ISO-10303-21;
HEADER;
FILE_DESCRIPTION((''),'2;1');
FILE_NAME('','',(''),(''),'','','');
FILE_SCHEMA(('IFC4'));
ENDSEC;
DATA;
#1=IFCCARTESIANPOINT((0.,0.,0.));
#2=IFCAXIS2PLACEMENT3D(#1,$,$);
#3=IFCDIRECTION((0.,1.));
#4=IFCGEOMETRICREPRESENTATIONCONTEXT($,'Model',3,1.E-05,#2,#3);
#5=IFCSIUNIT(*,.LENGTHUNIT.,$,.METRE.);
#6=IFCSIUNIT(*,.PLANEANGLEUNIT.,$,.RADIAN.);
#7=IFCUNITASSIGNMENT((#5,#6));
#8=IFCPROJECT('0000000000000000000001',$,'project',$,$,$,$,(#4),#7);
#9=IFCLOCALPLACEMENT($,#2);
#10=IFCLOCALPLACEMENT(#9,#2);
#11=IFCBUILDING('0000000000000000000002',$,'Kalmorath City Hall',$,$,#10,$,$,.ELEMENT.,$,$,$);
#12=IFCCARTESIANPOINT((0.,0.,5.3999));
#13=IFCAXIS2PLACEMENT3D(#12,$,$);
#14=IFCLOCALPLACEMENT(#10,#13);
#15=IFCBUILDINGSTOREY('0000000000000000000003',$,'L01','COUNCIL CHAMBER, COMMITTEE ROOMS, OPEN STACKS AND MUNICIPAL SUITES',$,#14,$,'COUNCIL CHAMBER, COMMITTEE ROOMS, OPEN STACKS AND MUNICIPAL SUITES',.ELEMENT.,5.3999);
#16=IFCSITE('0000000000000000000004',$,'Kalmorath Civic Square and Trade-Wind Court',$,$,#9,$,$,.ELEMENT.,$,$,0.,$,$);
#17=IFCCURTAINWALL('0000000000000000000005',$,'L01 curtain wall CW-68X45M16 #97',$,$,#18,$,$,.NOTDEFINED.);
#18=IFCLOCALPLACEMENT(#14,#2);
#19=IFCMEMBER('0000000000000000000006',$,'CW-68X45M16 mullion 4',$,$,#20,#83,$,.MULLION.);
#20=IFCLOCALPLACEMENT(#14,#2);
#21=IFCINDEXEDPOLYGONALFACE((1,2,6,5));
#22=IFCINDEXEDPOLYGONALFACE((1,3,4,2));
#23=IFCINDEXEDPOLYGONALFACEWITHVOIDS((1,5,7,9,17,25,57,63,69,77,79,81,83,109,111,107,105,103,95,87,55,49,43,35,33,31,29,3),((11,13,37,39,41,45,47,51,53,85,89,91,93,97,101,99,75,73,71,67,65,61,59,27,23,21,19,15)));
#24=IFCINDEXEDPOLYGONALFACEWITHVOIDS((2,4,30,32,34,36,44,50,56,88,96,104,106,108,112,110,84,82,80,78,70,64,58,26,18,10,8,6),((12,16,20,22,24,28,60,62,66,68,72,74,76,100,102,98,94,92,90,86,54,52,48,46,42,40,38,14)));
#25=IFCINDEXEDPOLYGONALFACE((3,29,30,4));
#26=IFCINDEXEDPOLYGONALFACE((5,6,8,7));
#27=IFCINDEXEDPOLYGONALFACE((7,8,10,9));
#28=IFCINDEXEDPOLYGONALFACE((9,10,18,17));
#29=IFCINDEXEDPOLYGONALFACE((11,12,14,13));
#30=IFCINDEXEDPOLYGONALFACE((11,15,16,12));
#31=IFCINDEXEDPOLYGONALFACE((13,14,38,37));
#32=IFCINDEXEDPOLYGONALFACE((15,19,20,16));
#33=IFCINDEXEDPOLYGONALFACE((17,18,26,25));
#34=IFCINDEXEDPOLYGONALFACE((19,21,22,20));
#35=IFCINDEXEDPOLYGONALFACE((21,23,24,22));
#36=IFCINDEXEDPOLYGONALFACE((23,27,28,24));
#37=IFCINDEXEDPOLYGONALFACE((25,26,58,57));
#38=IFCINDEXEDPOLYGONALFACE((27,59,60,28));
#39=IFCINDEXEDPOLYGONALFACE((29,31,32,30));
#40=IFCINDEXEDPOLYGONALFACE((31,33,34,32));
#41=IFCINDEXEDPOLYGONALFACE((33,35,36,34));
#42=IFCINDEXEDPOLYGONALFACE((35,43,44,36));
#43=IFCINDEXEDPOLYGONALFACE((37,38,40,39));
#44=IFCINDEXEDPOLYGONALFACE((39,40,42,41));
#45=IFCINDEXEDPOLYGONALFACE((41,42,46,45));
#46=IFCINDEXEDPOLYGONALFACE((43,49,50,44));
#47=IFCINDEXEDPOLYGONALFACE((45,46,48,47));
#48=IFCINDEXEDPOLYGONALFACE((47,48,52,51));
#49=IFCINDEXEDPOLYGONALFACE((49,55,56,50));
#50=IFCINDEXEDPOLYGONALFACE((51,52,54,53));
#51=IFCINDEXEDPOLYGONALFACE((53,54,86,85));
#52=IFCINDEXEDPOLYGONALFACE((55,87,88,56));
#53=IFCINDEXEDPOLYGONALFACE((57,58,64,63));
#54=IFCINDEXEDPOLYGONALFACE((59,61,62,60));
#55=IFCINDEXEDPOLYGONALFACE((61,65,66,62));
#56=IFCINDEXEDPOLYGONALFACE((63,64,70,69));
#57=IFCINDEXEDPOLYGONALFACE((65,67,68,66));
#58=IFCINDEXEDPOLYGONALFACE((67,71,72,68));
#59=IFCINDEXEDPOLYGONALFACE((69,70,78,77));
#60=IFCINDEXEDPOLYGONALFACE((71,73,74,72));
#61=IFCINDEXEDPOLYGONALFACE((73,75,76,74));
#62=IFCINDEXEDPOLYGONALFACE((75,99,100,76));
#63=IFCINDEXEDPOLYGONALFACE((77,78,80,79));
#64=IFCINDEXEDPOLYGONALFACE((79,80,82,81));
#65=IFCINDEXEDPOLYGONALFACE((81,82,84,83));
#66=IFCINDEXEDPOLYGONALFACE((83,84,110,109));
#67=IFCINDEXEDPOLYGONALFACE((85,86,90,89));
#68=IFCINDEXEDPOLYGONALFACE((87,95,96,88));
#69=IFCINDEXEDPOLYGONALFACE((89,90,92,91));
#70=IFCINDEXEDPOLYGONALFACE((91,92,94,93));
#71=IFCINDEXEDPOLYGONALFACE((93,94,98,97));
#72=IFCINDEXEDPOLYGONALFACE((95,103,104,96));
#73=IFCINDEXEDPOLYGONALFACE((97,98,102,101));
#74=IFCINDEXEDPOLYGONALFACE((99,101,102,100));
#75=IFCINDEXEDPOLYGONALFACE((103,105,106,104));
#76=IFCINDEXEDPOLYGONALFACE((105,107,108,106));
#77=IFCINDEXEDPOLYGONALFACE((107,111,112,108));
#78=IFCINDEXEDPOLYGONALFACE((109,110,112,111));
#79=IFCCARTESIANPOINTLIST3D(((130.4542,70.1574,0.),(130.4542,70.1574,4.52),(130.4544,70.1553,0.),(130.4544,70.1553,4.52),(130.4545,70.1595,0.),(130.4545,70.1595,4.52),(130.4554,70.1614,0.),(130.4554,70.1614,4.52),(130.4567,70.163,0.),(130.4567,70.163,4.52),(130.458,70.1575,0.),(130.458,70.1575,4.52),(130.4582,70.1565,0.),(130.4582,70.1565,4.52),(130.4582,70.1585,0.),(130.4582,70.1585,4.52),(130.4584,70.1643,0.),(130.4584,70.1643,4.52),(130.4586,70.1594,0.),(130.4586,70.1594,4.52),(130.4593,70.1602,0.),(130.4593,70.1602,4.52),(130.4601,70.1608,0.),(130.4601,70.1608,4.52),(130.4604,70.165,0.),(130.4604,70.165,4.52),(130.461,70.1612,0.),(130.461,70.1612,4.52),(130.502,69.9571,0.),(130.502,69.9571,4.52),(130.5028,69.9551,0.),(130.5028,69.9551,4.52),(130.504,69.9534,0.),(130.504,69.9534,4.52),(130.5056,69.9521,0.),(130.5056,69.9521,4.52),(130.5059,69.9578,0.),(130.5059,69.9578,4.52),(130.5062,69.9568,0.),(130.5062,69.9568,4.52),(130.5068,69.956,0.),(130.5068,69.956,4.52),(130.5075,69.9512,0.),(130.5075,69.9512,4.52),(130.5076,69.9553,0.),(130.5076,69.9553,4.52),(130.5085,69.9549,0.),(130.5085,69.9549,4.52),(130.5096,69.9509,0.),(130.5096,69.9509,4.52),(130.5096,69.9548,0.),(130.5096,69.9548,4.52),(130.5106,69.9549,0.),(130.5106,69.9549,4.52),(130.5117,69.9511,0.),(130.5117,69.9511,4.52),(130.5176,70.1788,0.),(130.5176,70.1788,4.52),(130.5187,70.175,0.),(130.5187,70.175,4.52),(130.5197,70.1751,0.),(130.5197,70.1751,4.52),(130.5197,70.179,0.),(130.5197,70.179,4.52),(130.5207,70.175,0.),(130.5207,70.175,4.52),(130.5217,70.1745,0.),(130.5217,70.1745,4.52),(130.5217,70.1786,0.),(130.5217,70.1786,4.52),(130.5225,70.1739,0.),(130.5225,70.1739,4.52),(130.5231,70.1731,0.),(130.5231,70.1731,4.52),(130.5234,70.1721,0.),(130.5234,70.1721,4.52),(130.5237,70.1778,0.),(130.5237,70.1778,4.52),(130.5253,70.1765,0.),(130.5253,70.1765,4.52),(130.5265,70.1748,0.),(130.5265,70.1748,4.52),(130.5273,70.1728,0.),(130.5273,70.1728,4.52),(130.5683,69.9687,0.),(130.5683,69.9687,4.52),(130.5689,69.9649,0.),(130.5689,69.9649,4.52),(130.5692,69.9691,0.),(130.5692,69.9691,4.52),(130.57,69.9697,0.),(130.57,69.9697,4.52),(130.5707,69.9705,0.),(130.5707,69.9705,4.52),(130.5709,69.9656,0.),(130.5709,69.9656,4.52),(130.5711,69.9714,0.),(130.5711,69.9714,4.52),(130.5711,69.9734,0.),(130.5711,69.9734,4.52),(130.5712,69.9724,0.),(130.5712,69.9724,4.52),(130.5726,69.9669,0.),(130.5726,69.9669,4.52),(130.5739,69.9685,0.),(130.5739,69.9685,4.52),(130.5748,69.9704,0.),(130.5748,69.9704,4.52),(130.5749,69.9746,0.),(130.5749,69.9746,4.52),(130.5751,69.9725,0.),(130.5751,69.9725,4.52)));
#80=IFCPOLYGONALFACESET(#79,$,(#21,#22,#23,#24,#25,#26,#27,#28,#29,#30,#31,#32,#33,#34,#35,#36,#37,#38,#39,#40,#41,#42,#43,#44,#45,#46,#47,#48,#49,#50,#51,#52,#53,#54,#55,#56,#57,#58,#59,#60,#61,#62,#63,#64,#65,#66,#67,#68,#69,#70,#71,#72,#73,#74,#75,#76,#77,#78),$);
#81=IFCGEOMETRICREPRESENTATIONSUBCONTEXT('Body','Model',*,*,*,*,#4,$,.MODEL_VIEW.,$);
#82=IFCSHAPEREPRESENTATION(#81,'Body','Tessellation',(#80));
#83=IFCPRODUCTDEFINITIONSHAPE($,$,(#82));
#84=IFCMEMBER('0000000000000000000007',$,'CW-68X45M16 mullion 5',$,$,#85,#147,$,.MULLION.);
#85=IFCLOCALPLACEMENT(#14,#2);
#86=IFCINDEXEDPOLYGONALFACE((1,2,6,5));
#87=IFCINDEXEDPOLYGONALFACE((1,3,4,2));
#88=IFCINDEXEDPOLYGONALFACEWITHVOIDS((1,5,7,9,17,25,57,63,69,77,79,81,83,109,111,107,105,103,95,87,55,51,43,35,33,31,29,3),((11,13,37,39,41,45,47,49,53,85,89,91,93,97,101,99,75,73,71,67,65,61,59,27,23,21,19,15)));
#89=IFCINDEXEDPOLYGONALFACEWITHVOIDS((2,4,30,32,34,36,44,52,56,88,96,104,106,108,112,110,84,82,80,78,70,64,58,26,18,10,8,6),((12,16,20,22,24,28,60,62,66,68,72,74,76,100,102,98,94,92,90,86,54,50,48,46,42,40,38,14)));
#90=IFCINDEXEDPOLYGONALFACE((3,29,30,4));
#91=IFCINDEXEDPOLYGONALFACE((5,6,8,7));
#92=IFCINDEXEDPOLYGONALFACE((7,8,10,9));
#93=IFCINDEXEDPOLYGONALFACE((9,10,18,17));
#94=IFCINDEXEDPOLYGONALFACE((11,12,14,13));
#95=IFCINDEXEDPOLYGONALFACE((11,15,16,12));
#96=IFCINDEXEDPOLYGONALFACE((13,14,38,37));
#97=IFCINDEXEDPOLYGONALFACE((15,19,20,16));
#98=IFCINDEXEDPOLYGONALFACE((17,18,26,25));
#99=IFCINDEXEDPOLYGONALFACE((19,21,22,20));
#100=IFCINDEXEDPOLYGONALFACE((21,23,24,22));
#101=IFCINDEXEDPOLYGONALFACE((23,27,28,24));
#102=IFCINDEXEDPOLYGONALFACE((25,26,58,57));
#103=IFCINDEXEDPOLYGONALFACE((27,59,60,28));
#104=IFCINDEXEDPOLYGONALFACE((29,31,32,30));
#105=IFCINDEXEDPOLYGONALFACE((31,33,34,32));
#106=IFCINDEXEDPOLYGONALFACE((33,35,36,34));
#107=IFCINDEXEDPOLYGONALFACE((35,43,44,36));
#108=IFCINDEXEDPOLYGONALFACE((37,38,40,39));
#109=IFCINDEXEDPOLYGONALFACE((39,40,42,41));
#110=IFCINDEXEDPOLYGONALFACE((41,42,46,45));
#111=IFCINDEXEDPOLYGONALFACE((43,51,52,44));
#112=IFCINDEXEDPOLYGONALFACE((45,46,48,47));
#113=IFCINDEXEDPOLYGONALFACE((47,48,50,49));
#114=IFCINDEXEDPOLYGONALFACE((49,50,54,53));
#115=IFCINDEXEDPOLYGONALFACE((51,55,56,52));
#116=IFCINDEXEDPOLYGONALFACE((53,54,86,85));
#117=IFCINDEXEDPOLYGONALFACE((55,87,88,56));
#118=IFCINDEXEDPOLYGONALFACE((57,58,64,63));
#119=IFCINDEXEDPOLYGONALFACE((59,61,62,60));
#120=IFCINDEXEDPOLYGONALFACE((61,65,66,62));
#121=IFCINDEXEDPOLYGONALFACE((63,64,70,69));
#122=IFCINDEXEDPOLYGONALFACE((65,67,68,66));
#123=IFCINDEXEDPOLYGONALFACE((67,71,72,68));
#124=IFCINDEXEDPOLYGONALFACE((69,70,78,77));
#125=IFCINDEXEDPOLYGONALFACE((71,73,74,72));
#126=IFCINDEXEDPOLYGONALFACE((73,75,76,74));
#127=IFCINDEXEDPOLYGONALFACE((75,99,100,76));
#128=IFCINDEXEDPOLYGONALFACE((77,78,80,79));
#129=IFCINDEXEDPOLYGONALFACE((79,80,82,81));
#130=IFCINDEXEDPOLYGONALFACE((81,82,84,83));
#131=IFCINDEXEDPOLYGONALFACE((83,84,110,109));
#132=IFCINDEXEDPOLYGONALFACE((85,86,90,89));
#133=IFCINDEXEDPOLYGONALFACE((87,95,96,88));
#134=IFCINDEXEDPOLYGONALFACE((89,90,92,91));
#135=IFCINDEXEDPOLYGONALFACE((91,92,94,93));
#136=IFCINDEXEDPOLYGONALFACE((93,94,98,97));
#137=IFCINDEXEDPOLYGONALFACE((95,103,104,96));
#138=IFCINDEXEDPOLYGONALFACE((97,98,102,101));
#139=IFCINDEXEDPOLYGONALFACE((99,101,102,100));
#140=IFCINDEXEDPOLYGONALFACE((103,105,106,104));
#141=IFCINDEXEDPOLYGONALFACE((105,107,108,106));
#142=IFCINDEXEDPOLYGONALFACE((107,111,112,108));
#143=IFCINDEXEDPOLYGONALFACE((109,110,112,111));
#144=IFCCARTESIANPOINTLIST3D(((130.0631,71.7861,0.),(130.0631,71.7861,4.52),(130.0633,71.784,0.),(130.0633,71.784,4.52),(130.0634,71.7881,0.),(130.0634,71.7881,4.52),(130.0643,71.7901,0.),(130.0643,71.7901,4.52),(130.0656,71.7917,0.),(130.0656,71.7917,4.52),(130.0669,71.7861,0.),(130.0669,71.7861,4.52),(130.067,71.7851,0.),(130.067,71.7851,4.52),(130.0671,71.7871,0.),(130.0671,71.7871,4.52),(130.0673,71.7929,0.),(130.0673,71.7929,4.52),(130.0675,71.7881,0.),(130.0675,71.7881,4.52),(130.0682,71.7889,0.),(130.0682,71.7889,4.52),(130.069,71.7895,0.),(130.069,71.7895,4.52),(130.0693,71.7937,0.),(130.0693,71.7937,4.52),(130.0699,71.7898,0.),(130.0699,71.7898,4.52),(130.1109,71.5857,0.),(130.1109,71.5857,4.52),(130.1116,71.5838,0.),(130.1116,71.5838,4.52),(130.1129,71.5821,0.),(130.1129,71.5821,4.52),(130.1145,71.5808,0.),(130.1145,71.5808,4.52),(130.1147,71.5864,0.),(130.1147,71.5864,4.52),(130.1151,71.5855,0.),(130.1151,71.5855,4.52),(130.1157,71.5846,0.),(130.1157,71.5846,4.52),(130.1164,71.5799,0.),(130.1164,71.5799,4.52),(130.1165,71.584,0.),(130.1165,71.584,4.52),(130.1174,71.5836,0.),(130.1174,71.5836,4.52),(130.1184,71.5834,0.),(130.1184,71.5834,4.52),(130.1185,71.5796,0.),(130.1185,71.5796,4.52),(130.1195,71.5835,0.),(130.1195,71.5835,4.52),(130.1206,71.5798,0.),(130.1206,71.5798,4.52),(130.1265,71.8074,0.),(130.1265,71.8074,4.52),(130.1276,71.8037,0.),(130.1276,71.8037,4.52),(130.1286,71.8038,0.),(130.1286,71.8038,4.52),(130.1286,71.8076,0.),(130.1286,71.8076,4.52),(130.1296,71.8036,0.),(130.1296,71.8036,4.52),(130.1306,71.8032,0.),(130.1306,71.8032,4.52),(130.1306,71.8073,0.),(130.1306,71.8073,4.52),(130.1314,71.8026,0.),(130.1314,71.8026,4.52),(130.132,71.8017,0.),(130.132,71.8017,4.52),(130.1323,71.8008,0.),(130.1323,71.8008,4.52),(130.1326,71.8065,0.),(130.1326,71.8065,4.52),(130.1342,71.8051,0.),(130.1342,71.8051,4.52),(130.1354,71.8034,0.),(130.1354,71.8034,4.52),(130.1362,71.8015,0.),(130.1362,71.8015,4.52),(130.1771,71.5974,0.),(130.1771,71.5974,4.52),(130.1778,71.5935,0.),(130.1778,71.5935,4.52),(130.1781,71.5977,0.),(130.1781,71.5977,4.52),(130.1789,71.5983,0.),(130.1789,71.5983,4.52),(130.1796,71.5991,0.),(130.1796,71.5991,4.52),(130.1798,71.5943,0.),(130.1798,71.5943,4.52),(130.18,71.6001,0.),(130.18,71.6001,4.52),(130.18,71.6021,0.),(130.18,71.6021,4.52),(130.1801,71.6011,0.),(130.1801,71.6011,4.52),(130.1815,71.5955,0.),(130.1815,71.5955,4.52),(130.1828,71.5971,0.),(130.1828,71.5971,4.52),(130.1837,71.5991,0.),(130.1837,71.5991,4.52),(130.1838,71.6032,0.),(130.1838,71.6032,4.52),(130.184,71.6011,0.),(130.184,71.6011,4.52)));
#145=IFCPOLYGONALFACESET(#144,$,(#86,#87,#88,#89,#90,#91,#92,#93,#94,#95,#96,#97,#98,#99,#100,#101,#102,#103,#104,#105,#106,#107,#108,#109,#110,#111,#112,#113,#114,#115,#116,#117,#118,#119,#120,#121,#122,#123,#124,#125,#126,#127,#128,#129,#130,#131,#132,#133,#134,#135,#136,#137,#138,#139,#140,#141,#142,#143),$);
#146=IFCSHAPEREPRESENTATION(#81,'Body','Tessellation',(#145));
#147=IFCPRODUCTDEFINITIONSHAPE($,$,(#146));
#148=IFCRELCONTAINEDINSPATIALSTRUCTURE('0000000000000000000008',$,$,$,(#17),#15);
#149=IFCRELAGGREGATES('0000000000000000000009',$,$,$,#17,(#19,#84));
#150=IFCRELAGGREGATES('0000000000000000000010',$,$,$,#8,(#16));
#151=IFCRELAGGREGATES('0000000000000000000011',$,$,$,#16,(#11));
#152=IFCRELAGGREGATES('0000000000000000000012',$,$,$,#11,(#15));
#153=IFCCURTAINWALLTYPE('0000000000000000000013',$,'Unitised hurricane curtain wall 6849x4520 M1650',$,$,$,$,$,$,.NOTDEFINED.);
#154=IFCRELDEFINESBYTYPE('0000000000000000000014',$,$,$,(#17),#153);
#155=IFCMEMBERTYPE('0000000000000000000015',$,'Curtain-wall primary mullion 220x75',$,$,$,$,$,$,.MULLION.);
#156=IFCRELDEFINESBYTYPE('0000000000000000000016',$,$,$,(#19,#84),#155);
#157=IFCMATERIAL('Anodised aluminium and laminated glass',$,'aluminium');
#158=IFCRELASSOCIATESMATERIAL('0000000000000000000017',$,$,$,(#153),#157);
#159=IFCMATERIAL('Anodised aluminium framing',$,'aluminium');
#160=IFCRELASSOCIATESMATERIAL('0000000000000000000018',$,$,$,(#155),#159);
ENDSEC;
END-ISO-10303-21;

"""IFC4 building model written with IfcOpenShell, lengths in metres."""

from ifc_helpers import new_model, si_unit, direction, frame, origin, origin_2d, place, context, subcontext, project, spatial, hollow_rectangle, extrude, material, material_profile, profile_set, type_object, element, aggregate, save


model = new_model("IFC4")

# Units and contexts
model_context = context("Model", 3, precision=1e-05, world=origin(), true_north=direction((0.0, 1.0)))
body_context = subcontext(model_context, "Body", "Model", "MODEL_VIEW")
ifc_project = project(units=[si_unit("LENGTHUNIT", "METRE"), si_unit("PLANEANGLEUNIT", "RADIAN")], contexts=[model_context])

# Site, building, storey
site_placement = place(None, origin())
site = spatial("IfcSite", under=ifc_project, at=site_placement, Name="Kalmorath Civic Square and Trade-Wind Court", CompositionType="ELEMENT", RefElevation=0.0)
building_placement = place(site_placement, origin())
building = spatial("IfcBuilding", under=site, at=building_placement, Name="Kalmorath City Hall", CompositionType="ELEMENT")
storey_placement = place(building_placement, frame((0.0, 0.0, 5.3999)))
storey = spatial("IfcBuildingStorey", under=building, at=storey_placement, Name="L01", Description="COUNCIL CHAMBER, COMMITTEE ROOMS, OPEN STACKS AND MUNICIPAL SUITES", LongName="COUNCIL CHAMBER, COMMITTEE ROOMS, OPEN STACKS AND MUNICIPAL SUITES", CompositionType="ELEMENT", Elevation=5.3999)

# Curtain wall
ifc_material_1 = material(Name="Anodised aluminium and laminated glass", Category="aluminium")
curtain_wall_type = type_object("IfcCurtainWallType", Name="Unitised hurricane curtain wall 6849x4520 M1650", PredefinedType="NOTDEFINED", material=ifc_material_1)
curtain_wall_1_placement = place(storey_placement, origin())
curtain_wall_1 = element("IfcCurtainWall", 1, at=curtain_wall_1_placement, inside=storey, type_object=curtain_wall_type, Name="L01 curtain wall CW-68X45M16 #97", PredefinedType="NOTDEFINED")

# Members
ifc_material_2 = material(Name="Anodised aluminium framing", Category="aluminium")
ifc_material_profile_1 = material_profile(ifc_material_2, hollow_rectangle(XDim=0.075, YDim=0.22, WallThickness=0.0039, InnerFilletRadius=0.0039, OuterFilletRadius=0.0081, at=origin_2d()), Name="ALU-MUL-220X75X4")
ifc_profile_set_1 = profile_set([ifc_material_profile_1], Name="Anodised aluminium framing")
member_type_1 = type_object("IfcMemberType", Name="Curtain-wall primary mullion 220x75", PredefinedType="MULLION", material=ifc_profile_set_1)
member_1_placement = place(storey_placement, frame((130.5146, 70.0649, 0.0), z_axis=(0.0, 0.0, 1.0), x_axis=(-0.972371, -0.233442, 0.0)))
member_1 = element("IfcMember", 2, at=member_1_placement, type_object=member_type_1, Name="CW-68X45M16 mullion 4", PredefinedType="MULLION", context=body_context, shape_type="SweptSolid", body=[
    extrude(hollow_rectangle(XDim=0.075, YDim=0.22, WallThickness=0.0039, InnerFilletRadius=0.0039, OuterFilletRadius=0.0081, at=origin_2d()), origin(), (0.0, 0.0, 1.0), 4.52),
])
member_2_placement = place(storey_placement, frame((130.1235, 71.6936, 0.0), z_axis=(0.0, 0.0, 1.0), x_axis=(-0.972371, -0.233442, 0.0)))
member_2 = element("IfcMember", 3, at=member_2_placement, type_object=member_type_1, Name="CW-68X45M16 mullion 5", PredefinedType="MULLION", context=body_context, shape_type="SweptSolid", body=[
    extrude(hollow_rectangle(XDim=0.075, YDim=0.22, WallThickness=0.0039, InnerFilletRadius=0.0039, OuterFilletRadius=0.0081, at=origin_2d()), origin(), (0.0, 0.0, 1.0), 4.52),
])

aggregate(curtain_wall_1, [member_1, member_2])

save(model, "model.ifc")
